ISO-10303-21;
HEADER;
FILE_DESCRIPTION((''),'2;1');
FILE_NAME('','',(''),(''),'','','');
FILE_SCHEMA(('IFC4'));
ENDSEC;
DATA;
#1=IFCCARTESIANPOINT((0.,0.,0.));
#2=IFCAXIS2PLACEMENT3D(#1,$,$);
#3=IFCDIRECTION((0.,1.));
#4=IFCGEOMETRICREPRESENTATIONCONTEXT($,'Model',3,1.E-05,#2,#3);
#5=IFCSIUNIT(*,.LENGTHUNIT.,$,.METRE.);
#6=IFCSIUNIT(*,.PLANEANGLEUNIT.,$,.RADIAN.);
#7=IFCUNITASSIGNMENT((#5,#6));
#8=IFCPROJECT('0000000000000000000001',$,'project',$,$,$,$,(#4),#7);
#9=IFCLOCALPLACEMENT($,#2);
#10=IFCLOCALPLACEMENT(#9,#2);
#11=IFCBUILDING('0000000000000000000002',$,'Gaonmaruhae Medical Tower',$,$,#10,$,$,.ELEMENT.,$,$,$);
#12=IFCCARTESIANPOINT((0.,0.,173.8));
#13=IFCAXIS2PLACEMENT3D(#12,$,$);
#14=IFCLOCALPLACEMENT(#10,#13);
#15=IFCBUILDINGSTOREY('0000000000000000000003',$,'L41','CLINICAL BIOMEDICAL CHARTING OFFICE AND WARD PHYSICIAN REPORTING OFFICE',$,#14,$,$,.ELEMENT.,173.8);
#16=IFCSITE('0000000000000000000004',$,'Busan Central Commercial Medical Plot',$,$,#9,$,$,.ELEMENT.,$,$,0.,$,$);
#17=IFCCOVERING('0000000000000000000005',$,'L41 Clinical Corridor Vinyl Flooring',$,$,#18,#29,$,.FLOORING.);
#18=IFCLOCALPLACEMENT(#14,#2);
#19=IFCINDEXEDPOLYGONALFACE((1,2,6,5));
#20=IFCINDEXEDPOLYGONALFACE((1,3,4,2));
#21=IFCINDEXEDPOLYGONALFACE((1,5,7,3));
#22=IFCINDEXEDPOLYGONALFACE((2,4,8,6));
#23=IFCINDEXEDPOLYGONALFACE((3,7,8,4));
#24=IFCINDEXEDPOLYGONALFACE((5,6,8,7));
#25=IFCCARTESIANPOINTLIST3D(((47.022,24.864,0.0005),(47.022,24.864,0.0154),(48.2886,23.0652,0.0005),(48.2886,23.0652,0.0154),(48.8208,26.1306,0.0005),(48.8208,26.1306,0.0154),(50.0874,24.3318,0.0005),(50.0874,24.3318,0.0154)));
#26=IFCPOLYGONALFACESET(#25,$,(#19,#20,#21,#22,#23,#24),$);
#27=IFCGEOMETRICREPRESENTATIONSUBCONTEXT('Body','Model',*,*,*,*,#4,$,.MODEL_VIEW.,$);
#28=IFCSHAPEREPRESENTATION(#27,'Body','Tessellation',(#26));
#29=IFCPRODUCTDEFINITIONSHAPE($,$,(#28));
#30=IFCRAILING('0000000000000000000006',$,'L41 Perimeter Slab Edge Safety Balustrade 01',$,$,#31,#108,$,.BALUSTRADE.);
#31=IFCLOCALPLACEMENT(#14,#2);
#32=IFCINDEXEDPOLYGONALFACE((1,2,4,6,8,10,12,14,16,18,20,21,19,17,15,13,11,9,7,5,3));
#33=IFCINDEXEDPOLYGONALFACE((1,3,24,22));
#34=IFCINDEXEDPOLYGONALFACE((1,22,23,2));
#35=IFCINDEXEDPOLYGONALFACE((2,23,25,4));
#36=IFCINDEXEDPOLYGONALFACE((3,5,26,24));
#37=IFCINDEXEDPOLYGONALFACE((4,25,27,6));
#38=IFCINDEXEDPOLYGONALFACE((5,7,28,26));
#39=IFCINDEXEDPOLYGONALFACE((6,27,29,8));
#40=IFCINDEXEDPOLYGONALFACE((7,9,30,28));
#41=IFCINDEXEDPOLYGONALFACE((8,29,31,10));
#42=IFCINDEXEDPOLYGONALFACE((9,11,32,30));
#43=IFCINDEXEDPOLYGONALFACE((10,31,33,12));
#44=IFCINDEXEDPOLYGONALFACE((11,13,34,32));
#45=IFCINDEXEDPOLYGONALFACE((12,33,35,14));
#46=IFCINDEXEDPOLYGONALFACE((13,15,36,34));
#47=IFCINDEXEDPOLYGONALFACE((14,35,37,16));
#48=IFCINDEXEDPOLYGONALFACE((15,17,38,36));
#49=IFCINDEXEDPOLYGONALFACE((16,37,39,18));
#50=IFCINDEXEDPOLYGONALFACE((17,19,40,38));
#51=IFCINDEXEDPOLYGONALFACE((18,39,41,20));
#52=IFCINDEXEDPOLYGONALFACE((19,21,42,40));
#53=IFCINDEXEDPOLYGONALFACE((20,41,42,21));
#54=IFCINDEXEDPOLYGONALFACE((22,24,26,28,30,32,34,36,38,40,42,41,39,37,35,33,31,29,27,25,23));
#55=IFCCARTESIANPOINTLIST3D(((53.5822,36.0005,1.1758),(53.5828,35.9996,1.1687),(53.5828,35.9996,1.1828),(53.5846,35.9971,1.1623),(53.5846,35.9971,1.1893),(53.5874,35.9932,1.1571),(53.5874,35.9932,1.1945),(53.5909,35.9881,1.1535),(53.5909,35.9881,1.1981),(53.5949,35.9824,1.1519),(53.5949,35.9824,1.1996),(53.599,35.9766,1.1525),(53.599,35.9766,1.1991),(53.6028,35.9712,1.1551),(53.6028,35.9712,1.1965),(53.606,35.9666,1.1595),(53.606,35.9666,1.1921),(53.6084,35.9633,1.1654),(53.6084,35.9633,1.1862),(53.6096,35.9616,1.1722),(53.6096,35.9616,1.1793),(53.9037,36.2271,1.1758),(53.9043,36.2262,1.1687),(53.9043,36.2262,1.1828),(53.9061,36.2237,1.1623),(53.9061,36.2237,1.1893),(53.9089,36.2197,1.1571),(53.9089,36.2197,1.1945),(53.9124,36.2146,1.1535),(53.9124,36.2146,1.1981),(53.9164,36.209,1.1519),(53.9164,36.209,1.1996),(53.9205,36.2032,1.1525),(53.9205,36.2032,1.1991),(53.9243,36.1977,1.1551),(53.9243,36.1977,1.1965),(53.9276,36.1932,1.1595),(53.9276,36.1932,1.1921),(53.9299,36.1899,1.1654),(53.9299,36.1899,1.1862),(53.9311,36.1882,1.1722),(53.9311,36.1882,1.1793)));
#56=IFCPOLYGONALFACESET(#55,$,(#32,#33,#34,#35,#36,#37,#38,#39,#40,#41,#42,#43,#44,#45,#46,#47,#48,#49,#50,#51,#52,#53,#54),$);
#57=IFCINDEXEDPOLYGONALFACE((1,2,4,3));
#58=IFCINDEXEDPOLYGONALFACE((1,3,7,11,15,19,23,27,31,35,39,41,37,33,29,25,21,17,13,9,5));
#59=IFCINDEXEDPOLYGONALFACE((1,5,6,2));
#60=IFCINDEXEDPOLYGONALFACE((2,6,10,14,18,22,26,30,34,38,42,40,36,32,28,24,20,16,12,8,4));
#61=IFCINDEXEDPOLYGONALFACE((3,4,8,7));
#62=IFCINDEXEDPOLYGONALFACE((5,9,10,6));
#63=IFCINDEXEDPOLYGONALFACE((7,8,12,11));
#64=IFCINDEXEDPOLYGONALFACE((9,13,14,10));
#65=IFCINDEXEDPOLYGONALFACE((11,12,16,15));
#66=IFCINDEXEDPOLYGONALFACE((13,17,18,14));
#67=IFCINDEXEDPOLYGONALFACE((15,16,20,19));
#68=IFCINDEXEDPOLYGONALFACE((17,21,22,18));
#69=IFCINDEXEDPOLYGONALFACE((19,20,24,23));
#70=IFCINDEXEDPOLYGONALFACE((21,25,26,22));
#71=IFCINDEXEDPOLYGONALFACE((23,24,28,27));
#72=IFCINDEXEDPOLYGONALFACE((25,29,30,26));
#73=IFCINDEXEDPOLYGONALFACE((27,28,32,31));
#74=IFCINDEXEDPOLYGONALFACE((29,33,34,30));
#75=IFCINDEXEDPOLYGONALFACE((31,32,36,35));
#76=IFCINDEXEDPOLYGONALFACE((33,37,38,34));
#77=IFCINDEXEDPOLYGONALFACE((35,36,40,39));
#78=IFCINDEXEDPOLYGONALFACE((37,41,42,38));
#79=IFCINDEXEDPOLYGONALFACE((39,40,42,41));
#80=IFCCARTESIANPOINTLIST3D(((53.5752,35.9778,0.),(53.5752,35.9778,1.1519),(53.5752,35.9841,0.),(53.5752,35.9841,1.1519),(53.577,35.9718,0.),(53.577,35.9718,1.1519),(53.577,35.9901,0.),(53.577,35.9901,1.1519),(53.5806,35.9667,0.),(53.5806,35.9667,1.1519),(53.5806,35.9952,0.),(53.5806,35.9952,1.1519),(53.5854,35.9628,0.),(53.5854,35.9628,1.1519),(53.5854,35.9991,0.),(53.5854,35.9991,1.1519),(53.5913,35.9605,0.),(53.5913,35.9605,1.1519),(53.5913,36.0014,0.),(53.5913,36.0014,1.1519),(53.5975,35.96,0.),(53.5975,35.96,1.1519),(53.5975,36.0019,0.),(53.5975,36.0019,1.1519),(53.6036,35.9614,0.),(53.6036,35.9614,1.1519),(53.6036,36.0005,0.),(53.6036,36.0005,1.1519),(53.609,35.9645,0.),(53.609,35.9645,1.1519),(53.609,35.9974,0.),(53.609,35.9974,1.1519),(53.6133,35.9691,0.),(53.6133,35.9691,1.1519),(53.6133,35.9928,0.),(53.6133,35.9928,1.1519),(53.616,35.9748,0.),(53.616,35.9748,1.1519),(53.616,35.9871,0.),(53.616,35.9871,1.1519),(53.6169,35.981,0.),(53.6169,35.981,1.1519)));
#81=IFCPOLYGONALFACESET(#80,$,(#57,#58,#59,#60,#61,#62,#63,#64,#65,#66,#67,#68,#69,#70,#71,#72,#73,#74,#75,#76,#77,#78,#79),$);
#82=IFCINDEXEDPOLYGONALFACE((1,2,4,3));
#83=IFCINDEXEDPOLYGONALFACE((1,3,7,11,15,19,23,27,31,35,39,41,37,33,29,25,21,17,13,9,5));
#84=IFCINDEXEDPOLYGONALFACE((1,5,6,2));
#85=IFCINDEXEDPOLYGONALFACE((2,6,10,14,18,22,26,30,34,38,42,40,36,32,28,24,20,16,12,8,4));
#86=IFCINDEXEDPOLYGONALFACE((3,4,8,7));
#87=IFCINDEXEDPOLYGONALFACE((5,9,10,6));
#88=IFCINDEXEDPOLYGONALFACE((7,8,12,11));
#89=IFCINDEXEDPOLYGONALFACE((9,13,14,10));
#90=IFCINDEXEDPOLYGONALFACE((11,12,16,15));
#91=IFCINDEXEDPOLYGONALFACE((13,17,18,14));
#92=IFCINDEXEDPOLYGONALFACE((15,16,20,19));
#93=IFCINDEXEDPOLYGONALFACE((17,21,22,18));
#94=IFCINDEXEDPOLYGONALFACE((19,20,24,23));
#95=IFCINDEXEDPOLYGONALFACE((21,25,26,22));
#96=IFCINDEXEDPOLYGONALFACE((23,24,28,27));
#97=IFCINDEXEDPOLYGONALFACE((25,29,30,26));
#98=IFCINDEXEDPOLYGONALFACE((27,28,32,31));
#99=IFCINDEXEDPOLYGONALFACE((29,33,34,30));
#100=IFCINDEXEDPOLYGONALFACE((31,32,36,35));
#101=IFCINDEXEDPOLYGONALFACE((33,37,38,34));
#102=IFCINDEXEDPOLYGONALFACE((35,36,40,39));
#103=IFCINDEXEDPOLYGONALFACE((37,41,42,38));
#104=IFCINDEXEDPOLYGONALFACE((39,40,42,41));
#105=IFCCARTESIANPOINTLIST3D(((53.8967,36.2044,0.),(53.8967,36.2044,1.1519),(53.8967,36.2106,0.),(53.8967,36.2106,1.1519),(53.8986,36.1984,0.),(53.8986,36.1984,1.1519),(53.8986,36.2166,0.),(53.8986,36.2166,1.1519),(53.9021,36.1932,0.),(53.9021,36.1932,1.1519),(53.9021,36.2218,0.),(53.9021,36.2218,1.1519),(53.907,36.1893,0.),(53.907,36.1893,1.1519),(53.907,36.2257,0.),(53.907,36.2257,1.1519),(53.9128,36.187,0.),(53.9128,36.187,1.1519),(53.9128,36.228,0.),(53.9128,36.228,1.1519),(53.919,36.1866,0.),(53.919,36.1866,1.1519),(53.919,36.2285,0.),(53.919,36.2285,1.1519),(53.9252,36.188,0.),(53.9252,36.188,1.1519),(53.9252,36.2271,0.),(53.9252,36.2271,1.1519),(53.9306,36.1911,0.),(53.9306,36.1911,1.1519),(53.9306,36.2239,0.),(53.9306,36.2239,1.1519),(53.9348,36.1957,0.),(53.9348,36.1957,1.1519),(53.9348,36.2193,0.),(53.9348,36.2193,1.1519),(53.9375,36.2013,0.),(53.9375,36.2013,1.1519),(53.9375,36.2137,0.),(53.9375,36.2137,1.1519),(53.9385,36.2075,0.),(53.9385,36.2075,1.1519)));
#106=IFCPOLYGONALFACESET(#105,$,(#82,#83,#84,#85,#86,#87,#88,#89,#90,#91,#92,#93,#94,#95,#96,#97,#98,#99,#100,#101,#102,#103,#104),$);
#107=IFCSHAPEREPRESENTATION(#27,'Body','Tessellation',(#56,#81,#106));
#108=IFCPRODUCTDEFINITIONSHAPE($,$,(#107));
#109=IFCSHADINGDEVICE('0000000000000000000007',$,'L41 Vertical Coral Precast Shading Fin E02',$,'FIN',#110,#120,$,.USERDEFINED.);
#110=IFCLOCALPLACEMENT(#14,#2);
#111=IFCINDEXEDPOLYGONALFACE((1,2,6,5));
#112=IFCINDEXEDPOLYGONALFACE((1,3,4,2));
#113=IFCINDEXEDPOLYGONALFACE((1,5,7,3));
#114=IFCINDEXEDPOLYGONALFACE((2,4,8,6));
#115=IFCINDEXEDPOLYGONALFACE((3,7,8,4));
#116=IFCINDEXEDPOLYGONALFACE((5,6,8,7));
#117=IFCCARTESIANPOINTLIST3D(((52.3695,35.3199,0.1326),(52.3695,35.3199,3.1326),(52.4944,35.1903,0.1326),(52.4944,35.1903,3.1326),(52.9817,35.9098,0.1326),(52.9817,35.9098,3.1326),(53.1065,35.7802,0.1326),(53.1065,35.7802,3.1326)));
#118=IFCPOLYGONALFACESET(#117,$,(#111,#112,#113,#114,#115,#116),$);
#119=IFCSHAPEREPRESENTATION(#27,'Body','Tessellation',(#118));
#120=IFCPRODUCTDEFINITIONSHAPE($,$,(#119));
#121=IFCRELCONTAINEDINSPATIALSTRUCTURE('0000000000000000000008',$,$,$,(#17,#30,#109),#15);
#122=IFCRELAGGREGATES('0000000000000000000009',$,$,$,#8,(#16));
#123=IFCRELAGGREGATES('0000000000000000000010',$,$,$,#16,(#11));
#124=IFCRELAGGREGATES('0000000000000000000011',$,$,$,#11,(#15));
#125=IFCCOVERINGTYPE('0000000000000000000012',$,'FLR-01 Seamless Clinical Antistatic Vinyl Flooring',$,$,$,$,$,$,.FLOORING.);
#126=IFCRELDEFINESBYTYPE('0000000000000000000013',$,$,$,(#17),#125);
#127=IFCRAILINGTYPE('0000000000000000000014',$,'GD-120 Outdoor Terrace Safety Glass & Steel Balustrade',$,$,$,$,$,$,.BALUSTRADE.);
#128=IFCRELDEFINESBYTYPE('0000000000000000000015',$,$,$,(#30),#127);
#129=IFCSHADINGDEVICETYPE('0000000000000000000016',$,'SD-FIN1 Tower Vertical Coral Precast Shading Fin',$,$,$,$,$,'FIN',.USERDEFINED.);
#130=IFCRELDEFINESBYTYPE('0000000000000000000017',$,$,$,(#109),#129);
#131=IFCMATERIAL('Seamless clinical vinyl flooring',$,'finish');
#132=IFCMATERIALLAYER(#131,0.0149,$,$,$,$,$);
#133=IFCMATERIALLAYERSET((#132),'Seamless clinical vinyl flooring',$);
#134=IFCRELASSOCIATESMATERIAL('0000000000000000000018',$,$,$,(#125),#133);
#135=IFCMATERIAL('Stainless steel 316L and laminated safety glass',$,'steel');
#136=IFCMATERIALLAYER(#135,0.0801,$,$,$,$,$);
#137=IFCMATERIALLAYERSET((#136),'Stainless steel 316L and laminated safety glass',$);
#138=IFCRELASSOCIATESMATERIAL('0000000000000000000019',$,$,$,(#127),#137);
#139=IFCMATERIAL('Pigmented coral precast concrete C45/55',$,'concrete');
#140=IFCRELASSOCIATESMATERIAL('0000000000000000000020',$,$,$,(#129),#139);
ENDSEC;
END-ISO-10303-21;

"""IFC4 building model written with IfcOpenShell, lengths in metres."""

from ifc_helpers import new_model, si_unit, direction, frame, origin, origin_2d, place, context, subcontext, project, spatial, rectangle, circle, extrude, material, layer, layer_set, type_object, element, save


model = new_model("IFC4")

# Units and contexts
model_context = context("Model", 3, precision=1e-05, world=origin(), true_north=direction((0.0, 1.0)))
body_context = subcontext(model_context, "Body", "Model", "MODEL_VIEW")
ifc_project = project(units=[si_unit("LENGTHUNIT", "METRE"), si_unit("PLANEANGLEUNIT", "RADIAN")], contexts=[model_context])

# Site, building, storey
site_placement = place(None, origin())
site = spatial("IfcSite", under=ifc_project, at=site_placement, Name="Busan Central Commercial Medical Plot", CompositionType="ELEMENT", RefElevation=0.0)
building_placement = place(site_placement, origin())
building = spatial("IfcBuilding", under=site, at=building_placement, Name="Gaonmaruhae Medical Tower", CompositionType="ELEMENT")
storey_placement = place(building_placement, frame((0.0, 0.0, 173.8)))
storey = spatial("IfcBuildingStorey", under=building, at=storey_placement, Name="L41", Description="CLINICAL BIOMEDICAL CHARTING OFFICE AND WARD PHYSICIAN REPORTING OFFICE", CompositionType="ELEMENT", Elevation=173.8)

# Covering
ifc_material_1 = material(Name="Seamless clinical vinyl flooring", Category="finish")
ifc_layer_1 = layer(ifc_material_1, 0.0149)
ifc_layer_set_1 = layer_set([ifc_layer_1], Name="Seamless clinical vinyl flooring")
covering_type_1 = type_object("IfcCoveringType", Name="FLR-01 Seamless Clinical Antistatic Vinyl Flooring", PredefinedType="FLOORING", material=ifc_layer_set_1)
covering_1_placement = place(storey_placement, frame((48.5547, 24.5979, 0.0005), z_axis=(0.0, 0.0, 1.0), x_axis=(0.817648, 0.575719, 0.0)))
element("IfcCovering", 1, at=covering_1_placement, inside=storey, type_object=covering_type_1, Name="L41 Clinical Corridor Vinyl Flooring", PredefinedType="FLOORING", context=body_context, shape_type="SweptSolid", body=[
    extrude(rectangle(XDim=2.2, YDim=2.2, at=origin_2d()), origin(), (0.0, 0.0, 1.0), 0.0149),
])

# Railing
ifc_material_2 = material(Name="Stainless steel 316L and laminated safety glass", Category="steel")
ifc_layer_2 = layer(ifc_material_2, 0.0801)
ifc_layer_set_2 = layer_set([ifc_layer_2], Name="Stainless steel 316L and laminated safety glass")
railing_type = type_object("IfcRailingType", Name="GD-120 Outdoor Terrace Safety Glass & Steel Balustrade", PredefinedType="BALUSTRADE", material=ifc_layer_set_2)
railing_placement = place(storey_placement, frame((53.5959, 35.981, 0.0)))
element("IfcRailing", 2, at=railing_placement, inside=storey, type_object=railing_type, Name="L41 Perimeter Slab Edge Safety Balustrade 01", PredefinedType="BALUSTRADE", context=body_context, shape_type="SweptSolid", body=[
    extrude(circle(Radius=0.0239, at=origin_2d()), frame((0.0, 0.0, 1.1758), z_axis=(0.817449, 0.576001, 0.0), x_axis=(-0.576001, 0.817449, 0.0)), (0.0, 0.0, 1.0), 0.3933),
    extrude(circle(Radius=0.021, at=origin_2d()), origin(), (0.0, 0.0, 1.0), 1.1519),
    extrude(circle(Radius=0.021, at=origin_2d()), frame((0.3215, 0.2266, 0.0)), (0.0, 0.0, 1.0), 1.1519),
])

# Shading device
ifc_material_3 = material(Name="Pigmented coral precast concrete C45/55", Category="concrete")
shading_device_type = type_object("IfcShadingDeviceType", Name="SD-FIN1 Tower Vertical Coral Precast Shading Fin", ElementType="FIN", PredefinedType="USERDEFINED", material=ifc_material_3)
shading_device_placement = place(storey_placement, frame((52.738, 35.55, 0.1326), z_axis=(0.0, 0.0, 1.0), x_axis=(0.693917, -0.720055, 0.0)))
element("IfcShadingDevice", 3, at=shading_device_placement, inside=storey, type_object=shading_device_type, Name="L41 Vertical Coral Precast Shading Fin E02", ObjectType="FIN", PredefinedType="USERDEFINED", context=body_context, shape_type="SweptSolid", body=[
    extrude(rectangle(XDim=0.1799, YDim=0.8501, at=origin_2d()), origin(), (0.0, 0.0, 1.0), 3.0),
])

save(model, "model.ifc")
